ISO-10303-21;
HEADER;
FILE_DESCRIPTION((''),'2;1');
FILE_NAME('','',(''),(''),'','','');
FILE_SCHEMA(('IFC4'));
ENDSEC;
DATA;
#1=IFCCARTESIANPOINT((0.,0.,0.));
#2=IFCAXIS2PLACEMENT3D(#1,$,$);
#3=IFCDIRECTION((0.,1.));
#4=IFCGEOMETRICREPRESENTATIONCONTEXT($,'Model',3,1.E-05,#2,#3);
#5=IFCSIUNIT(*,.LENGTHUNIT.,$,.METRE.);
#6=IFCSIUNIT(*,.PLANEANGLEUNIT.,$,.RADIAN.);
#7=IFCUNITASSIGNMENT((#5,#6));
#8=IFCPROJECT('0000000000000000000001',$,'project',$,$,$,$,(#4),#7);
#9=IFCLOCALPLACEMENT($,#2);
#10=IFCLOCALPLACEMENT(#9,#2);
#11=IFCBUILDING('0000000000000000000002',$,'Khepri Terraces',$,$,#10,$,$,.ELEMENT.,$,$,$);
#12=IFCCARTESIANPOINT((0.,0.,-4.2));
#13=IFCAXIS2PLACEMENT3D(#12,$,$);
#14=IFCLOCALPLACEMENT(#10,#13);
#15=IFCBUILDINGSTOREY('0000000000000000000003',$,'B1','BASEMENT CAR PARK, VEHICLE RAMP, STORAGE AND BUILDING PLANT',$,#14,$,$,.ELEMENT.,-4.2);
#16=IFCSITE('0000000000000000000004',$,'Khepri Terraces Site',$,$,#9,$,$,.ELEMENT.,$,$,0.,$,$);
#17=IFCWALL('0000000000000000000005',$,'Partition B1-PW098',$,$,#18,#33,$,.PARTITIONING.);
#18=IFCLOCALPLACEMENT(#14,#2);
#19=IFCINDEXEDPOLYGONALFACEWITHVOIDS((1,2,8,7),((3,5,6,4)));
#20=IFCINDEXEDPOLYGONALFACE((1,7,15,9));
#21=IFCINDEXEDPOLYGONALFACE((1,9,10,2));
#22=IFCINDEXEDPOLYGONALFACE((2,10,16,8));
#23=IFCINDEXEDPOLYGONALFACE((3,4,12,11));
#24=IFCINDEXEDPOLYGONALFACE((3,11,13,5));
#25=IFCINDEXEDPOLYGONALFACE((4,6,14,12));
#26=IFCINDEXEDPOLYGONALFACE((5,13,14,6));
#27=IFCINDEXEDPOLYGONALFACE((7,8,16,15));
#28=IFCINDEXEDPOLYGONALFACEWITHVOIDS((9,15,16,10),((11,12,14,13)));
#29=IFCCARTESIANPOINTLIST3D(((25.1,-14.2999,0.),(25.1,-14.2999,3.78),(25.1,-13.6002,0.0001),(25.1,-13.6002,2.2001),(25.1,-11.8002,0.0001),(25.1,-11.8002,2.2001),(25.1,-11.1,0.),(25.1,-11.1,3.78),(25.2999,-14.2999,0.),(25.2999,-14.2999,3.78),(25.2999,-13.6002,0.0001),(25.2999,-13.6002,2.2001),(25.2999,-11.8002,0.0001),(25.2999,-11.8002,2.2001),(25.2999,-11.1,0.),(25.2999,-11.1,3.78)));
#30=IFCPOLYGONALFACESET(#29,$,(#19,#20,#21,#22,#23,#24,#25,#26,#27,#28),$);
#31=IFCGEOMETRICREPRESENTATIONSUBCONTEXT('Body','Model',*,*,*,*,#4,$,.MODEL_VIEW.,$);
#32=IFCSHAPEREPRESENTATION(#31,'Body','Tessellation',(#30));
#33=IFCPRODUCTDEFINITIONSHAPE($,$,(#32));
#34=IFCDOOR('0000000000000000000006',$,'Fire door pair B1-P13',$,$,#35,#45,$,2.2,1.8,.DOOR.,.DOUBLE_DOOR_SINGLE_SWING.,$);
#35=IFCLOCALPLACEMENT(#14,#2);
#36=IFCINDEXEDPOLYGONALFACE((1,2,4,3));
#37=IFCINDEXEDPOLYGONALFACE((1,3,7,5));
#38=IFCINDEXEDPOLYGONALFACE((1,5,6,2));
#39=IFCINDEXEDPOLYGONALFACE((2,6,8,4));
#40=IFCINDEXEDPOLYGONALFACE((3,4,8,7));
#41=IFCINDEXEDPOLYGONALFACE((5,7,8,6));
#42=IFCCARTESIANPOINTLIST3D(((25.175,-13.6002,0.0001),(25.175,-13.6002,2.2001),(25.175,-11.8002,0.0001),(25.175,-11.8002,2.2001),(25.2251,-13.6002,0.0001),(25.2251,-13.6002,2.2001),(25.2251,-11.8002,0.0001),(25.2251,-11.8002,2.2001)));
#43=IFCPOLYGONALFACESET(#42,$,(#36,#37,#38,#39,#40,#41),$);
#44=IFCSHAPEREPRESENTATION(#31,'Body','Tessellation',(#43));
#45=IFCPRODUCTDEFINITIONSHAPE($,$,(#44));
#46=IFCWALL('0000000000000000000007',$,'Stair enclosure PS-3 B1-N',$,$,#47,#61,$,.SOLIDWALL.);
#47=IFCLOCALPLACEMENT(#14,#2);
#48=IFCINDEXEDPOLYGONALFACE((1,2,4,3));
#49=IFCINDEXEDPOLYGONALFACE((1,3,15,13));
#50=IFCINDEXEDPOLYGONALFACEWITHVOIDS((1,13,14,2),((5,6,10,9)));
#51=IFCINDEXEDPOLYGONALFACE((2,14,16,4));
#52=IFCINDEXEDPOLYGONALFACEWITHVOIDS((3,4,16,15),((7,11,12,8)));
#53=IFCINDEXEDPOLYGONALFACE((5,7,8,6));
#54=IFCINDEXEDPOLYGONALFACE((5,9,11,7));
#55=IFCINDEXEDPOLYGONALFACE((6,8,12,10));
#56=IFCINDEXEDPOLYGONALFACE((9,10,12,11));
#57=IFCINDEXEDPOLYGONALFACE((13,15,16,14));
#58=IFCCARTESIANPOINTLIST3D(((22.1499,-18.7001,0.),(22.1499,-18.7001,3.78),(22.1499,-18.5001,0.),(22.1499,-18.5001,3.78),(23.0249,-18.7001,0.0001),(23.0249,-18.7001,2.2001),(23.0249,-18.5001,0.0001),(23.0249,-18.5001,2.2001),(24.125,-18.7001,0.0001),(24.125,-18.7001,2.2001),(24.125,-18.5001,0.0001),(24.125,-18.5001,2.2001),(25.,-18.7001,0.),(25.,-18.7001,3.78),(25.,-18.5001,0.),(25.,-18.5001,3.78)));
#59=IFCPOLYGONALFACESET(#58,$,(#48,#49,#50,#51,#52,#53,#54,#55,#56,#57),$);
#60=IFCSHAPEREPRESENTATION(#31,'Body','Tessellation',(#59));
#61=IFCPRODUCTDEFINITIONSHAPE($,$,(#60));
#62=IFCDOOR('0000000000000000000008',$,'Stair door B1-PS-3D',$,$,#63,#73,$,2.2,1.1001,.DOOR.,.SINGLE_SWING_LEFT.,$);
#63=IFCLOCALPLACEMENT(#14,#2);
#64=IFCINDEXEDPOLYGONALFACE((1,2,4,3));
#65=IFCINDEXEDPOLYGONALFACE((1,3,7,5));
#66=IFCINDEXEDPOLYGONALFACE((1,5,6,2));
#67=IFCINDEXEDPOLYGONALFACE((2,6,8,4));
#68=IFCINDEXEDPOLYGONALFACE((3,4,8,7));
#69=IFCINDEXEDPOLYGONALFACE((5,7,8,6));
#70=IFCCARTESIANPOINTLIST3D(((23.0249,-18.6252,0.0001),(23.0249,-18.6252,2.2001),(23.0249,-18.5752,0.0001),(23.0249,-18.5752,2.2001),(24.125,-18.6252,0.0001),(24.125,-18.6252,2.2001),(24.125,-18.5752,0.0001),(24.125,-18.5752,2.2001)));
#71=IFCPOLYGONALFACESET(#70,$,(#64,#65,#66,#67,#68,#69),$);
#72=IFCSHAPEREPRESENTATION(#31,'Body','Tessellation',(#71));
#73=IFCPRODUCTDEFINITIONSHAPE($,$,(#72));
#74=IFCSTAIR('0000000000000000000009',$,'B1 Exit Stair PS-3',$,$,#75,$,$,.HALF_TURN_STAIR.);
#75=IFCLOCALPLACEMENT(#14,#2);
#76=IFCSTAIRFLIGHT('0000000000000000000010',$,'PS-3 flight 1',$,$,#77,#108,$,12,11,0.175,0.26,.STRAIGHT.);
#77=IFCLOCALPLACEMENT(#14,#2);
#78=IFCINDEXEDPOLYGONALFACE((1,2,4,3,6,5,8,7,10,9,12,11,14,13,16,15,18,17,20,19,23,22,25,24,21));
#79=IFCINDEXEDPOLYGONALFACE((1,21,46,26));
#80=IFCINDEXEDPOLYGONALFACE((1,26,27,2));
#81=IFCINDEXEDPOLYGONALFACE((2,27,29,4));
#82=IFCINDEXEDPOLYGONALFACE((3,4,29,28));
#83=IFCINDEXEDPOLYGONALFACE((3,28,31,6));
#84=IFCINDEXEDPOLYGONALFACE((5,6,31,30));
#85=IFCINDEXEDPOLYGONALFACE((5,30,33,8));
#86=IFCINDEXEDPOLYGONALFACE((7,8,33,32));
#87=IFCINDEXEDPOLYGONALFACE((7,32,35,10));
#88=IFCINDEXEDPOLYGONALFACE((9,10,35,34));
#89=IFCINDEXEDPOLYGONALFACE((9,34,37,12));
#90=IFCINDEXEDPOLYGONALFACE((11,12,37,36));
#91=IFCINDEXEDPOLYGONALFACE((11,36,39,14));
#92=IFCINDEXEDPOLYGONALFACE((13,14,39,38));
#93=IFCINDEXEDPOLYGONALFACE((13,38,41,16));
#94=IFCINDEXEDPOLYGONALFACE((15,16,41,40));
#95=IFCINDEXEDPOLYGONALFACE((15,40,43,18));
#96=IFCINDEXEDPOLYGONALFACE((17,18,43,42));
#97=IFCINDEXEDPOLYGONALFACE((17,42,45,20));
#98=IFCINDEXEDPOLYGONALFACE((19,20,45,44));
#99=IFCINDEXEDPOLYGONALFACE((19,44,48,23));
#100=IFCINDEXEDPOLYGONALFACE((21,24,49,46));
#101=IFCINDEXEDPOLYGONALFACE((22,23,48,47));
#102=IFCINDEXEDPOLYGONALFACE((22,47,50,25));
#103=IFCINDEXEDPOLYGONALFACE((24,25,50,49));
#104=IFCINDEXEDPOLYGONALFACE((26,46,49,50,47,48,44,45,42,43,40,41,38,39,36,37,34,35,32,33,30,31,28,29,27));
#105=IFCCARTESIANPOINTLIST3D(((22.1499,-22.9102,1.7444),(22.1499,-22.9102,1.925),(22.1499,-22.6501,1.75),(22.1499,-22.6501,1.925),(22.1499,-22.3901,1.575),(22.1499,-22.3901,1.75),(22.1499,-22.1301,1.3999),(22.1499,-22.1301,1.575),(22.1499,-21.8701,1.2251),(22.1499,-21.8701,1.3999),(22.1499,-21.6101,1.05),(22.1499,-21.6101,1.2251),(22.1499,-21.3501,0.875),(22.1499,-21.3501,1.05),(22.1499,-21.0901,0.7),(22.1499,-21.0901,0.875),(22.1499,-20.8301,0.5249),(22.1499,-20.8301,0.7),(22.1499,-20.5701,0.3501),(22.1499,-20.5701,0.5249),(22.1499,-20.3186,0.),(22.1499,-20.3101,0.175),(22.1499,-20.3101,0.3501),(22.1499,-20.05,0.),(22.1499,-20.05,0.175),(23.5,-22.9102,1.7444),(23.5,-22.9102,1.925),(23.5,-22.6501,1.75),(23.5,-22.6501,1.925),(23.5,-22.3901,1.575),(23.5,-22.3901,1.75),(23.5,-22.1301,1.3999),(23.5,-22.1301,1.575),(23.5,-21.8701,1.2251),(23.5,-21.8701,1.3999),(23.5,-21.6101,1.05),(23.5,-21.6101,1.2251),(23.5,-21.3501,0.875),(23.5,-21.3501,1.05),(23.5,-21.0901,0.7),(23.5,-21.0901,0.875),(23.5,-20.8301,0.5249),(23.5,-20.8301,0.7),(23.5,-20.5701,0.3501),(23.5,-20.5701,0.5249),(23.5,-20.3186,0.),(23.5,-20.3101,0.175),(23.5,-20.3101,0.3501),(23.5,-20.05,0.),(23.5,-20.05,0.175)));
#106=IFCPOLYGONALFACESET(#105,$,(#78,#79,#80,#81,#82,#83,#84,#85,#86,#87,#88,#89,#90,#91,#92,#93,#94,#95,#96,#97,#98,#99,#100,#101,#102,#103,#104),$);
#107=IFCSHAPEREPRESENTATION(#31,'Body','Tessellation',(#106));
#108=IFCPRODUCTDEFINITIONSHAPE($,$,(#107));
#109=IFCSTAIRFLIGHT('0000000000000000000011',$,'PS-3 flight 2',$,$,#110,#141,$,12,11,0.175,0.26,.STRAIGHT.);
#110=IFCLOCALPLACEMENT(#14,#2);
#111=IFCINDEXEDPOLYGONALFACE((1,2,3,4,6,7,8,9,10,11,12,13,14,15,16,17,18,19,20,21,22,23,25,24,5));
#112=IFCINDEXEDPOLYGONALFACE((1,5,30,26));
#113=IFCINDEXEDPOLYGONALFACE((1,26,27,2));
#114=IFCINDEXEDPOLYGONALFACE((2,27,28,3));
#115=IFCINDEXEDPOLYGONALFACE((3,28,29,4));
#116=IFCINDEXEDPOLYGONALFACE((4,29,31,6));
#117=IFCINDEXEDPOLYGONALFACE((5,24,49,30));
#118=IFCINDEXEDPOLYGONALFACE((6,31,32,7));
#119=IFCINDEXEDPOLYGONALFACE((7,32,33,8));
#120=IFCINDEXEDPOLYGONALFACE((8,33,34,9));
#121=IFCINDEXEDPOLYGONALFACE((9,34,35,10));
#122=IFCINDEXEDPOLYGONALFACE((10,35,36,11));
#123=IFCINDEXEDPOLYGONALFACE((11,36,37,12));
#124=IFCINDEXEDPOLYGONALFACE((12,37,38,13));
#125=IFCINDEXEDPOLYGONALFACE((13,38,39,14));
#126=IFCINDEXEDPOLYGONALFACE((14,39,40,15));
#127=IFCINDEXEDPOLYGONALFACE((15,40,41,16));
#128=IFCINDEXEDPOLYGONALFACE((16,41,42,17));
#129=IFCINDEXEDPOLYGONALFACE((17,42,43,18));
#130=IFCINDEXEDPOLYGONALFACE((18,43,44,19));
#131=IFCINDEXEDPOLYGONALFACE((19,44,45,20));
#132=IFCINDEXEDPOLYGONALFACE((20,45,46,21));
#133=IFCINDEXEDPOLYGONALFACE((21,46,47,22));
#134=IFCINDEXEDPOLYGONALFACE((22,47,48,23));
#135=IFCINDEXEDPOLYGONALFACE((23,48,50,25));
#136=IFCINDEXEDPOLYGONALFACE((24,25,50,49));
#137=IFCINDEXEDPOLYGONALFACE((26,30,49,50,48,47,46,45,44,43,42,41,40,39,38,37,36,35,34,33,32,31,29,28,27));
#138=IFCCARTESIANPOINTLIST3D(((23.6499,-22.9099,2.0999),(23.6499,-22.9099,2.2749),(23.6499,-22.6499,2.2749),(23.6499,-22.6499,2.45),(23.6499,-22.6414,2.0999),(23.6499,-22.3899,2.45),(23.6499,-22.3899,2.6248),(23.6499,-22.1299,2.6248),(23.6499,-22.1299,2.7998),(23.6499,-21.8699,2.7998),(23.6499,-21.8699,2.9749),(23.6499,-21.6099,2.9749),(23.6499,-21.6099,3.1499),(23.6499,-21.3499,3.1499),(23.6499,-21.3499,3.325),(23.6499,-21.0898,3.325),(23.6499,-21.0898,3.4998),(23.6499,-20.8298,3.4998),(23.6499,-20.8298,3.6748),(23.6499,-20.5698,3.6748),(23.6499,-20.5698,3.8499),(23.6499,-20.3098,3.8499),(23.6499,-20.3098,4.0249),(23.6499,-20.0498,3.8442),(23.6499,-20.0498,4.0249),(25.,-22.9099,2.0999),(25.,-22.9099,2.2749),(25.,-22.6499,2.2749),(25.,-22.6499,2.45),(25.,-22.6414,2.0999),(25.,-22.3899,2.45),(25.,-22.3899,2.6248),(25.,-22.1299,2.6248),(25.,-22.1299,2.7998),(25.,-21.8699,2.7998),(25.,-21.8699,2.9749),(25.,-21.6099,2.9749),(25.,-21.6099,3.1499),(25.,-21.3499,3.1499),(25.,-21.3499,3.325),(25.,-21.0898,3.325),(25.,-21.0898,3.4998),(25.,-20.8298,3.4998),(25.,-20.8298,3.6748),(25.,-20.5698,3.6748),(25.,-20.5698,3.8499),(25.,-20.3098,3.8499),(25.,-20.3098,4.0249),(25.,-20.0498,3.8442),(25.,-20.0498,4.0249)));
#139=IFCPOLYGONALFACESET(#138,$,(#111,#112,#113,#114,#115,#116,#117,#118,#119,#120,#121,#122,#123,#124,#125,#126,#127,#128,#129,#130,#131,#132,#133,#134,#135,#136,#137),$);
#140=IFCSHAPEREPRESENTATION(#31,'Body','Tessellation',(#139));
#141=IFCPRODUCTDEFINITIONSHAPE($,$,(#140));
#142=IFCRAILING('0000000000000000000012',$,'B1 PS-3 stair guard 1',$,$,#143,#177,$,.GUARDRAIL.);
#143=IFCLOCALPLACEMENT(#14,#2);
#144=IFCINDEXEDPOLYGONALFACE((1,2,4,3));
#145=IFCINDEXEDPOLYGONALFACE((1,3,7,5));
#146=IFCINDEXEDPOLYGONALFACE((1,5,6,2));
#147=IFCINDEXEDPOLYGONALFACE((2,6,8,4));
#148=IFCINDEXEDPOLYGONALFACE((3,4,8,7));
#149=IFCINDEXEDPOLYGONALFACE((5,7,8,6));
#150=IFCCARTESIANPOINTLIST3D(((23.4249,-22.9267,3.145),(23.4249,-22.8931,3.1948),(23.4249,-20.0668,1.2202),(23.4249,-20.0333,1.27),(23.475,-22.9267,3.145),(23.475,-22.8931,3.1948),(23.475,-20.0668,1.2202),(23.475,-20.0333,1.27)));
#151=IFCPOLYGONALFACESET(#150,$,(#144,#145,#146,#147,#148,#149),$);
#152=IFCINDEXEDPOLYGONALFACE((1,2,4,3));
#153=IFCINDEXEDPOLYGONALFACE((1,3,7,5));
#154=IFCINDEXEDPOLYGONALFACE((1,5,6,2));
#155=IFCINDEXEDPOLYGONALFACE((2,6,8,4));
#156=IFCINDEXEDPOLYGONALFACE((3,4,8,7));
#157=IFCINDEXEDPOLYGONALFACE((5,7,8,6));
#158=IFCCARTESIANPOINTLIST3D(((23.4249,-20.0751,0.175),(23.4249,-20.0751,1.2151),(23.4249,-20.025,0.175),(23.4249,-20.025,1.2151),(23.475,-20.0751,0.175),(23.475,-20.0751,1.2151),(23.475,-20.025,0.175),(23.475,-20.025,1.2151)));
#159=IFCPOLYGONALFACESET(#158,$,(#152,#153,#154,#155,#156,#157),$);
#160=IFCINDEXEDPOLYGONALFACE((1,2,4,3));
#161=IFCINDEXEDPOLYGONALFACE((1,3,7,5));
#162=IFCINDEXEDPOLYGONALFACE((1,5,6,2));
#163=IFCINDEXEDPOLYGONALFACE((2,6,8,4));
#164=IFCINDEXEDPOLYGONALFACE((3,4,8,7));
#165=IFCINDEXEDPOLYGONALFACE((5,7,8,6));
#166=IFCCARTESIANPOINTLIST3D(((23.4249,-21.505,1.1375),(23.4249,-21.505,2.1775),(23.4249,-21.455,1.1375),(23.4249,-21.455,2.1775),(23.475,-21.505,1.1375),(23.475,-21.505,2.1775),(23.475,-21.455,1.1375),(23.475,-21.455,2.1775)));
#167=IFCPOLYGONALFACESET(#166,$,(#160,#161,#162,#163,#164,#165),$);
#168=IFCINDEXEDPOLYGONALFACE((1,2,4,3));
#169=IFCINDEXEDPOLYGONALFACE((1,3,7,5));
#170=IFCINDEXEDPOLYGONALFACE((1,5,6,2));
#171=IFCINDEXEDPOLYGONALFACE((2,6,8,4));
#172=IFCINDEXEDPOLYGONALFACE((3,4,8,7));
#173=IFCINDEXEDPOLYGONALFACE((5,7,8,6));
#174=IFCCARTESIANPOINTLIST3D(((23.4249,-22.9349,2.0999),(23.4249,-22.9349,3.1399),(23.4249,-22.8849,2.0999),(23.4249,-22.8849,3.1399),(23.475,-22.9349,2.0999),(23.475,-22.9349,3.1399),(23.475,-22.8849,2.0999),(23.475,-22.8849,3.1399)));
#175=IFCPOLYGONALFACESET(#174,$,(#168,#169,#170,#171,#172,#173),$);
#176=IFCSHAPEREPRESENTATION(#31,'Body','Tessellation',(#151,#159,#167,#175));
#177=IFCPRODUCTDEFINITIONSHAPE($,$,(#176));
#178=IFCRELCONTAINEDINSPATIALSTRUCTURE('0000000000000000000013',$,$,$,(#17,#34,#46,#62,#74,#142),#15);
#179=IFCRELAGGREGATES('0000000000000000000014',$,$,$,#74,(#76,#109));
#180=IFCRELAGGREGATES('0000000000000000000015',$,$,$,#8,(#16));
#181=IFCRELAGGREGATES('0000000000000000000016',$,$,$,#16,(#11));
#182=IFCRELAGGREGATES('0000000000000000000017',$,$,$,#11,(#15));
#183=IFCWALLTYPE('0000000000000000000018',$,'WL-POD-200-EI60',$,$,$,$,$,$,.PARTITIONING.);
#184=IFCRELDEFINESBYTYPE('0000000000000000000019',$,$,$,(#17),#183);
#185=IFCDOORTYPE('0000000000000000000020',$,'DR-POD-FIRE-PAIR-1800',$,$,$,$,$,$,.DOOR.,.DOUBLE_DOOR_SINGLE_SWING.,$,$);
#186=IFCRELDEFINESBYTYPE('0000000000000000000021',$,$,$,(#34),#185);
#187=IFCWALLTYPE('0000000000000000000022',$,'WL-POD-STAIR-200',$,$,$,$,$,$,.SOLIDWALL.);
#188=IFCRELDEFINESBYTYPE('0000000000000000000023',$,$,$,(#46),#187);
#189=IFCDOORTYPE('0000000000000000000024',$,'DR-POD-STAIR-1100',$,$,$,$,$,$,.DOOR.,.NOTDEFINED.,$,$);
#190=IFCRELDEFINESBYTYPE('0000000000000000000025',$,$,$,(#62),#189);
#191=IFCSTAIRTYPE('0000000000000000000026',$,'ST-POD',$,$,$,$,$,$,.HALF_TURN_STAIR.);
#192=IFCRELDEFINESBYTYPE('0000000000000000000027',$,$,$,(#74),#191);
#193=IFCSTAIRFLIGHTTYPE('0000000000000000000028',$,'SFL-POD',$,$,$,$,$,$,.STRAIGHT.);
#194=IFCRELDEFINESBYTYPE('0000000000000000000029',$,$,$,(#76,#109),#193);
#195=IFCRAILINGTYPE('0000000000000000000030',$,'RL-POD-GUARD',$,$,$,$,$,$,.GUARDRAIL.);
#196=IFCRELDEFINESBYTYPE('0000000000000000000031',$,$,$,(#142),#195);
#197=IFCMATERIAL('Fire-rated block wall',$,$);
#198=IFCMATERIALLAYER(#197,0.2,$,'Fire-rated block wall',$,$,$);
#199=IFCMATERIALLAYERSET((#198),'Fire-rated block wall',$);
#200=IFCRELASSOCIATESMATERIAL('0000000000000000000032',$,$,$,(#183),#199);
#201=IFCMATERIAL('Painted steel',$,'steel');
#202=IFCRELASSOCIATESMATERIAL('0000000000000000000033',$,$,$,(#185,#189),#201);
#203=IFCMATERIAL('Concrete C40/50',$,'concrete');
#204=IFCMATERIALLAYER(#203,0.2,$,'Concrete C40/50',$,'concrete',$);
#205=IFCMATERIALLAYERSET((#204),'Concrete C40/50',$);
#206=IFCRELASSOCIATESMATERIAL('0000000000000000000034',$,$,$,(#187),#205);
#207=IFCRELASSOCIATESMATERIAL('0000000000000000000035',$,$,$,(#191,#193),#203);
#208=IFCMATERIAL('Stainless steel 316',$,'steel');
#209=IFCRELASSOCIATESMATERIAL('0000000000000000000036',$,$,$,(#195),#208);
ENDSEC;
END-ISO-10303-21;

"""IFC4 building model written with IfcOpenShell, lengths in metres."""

from ifc_helpers import new_model, si_unit, direction, frame, frame_2d, origin, origin_2d, place, context, subcontext, project, spatial, polyline, rectangle, outline, extrude, material, layer, layer_set, type_object, element, fill, aggregate, save


model = new_model("IFC4")

# Units and contexts
model_context = context("Model", 3, precision=1e-05, world=origin(), true_north=direction((0.0, 1.0)))
body_context = subcontext(model_context, "Body", "Model", "MODEL_VIEW")
ifc_project = project(units=[si_unit("LENGTHUNIT", "METRE"), si_unit("PLANEANGLEUNIT", "RADIAN")], contexts=[model_context])

# Site, building, storey
site_placement = place(None, origin())
site = spatial("IfcSite", under=ifc_project, at=site_placement, Name="Khepri Terraces Site", CompositionType="ELEMENT", RefElevation=0.0)
building_placement = place(site_placement, origin())
building = spatial("IfcBuilding", under=site, at=building_placement, Name="Khepri Terraces", CompositionType="ELEMENT")
storey_placement = place(building_placement, frame((0.0, 0.0, -4.2)))
storey = spatial("IfcBuildingStorey", under=building, at=storey_placement, Name="B1", Description="BASEMENT CAR PARK, VEHICLE RAMP, STORAGE AND BUILDING PLANT", CompositionType="ELEMENT", Elevation=-4.2)

# Shared definitions
ifc_material_1 = material(Name="Fire-rated block wall")

# Walls, openings, doors
ifc_layer_1 = layer(ifc_material_1, 0.2, Name="Fire-rated block wall")
ifc_layer_set_1 = layer_set([ifc_layer_1], Name="Fire-rated block wall")
wall_type_1 = type_object("IfcWallType", Name="WL-POD-200-EI60", PredefinedType="PARTITIONING", material=ifc_layer_set_1)
wall_1_placement = place(storey_placement, frame((25.2, -14.3, 0.0), z_axis=(0.0, 0.0, 1.0), x_axis=(0.0, 1.0, 0.0)))
wall_1 = element("IfcWall", 1, at=wall_1_placement, inside=storey, type_object=wall_type_1, Name="Partition B1-PW098", PredefinedType="PARTITIONING", context=body_context, shape_type="SweptSolid", body=[
    extrude(rectangle(XDim=3.2, YDim=0.2, at=frame_2d((1.6001, 0.0))), origin(), (0.0, 0.0, 1.0), 3.78),
])
opening_1_placement = place(wall_1_placement, frame((0.7, 0.0, 0.0)))
opening_1 = element("IfcOpeningElement", 2, at=opening_1_placement, cuts=wall_1, PredefinedType="OPENING", context=body_context, shape_type="SweptSolid", body=[
    extrude(rectangle(XDim=1.8, YDim=2.2, at=frame_2d((0.8999, 1.1001))), frame((0.0, 0.1099, 0.0), z_axis=(0.0, -1.0, 0.0), x_axis=(1.0, 0.0, 0.0)), (0.0, 0.0, 1.0), 0.22),
])
ifc_material_2 = material(Name="Painted steel", Category="steel")
door_type_1 = type_object("IfcDoorType", Name="DR-POD-FIRE-PAIR-1800", OperationType="DOUBLE_DOOR_SINGLE_SWING", PredefinedType="DOOR", material=ifc_material_2)
door_1_placement = place(opening_1_placement, origin())
door_1 = element("IfcDoor", 3, at=door_1_placement, inside=storey, type_object=door_type_1, Name="Fire door pair B1-P13", OperationType="DOUBLE_DOOR_SINGLE_SWING", OverallHeight=2.2, OverallWidth=1.8, PredefinedType="DOOR", context=body_context, shape_type="SweptSolid", body=[
    extrude(rectangle(XDim=1.8, YDim=2.2, at=frame_2d((0.8999, 1.1001))), frame((0.0, 0.0249, 0.0), z_axis=(0.0, -1.0, 0.0), x_axis=(1.0, 0.0, 0.0)), (0.0, 0.0, 1.0), 0.05),
])
fill(opening_1, door_1)
ifc_material_3 = material(Name="Concrete C40/50", Category="concrete")
ifc_layer_2 = layer(ifc_material_3, 0.2, Name="Concrete C40/50", Category="concrete")
ifc_layer_set_2 = layer_set([ifc_layer_2], Name="Concrete C40/50")
wall_type_2 = type_object("IfcWallType", Name="WL-POD-STAIR-200", PredefinedType="SOLIDWALL", material=ifc_layer_set_2)
wall_2_placement = place(storey_placement, frame((22.1499, -18.6001, 0.0), z_axis=(0.0, 0.0, 1.0), x_axis=(1.0, 0.0, 0.0)))
wall_2 = element("IfcWall", 4, at=wall_2_placement, inside=storey, type_object=wall_type_2, Name="Stair enclosure PS-3 B1-N", PredefinedType="SOLIDWALL", context=body_context, shape_type="SweptSolid", body=[
    extrude(rectangle(XDim=2.8501, YDim=0.2, at=frame_2d((1.425, 0.0))), origin(), (0.0, 0.0, 1.0), 3.78),
])
opening_2_placement = place(wall_2_placement, frame((0.875, 0.0, 0.0)))
opening_2 = element("IfcOpeningElement", 5, at=opening_2_placement, cuts=wall_2, PredefinedType="OPENING", context=body_context, shape_type="SweptSolid", body=[
    extrude(rectangle(XDim=1.1001, YDim=2.2, at=frame_2d((0.55, 1.1001))), frame((0.0, 0.1099, 0.0), z_axis=(0.0, -1.0, 0.0), x_axis=(1.0, 0.0, 0.0)), (0.0, 0.0, 1.0), 0.22),
])
door_type_2 = type_object("IfcDoorType", Name="DR-POD-STAIR-1100", OperationType="NOTDEFINED", PredefinedType="DOOR", material=ifc_material_2)
door_2_placement = place(opening_2_placement, origin())
door_2 = element("IfcDoor", 6, at=door_2_placement, inside=storey, type_object=door_type_2, Name="Stair door B1-PS-3D", OperationType="SINGLE_SWING_LEFT", OverallHeight=2.2, OverallWidth=1.1001, PredefinedType="DOOR", context=body_context, shape_type="SweptSolid", body=[
    extrude(rectangle(XDim=1.1001, YDim=2.2, at=frame_2d((0.55, 1.1001))), frame((0.0, 0.0249, 0.0), z_axis=(0.0, -1.0, 0.0), x_axis=(1.0, 0.0, 0.0)), (0.0, 0.0, 1.0), 0.05),
])
fill(opening_2, door_2)

# Stair, stair flights
stair_type = type_object("IfcStairType", Name="ST-POD", PredefinedType="HALF_TURN_STAIR", material=ifc_material_3)
stair_placement = place(storey_placement, origin())
stair = element("IfcStair", 7, at=stair_placement, inside=storey, type_object=stair_type, Name="B1 Exit Stair PS-3", PredefinedType="HALF_TURN_STAIR")
stair_flight_type = type_object("IfcStairFlightType", Name="SFL-POD", PredefinedType="STRAIGHT", material=ifc_material_3)
stair_flight_1_placement = place(storey_placement, frame((22.825, -20.05, 0.0), z_axis=(0.0, 0.0, 1.0), x_axis=(0.0, -1.0, 0.0)))
stair_flight_1 = element("IfcStairFlight", 8, at=stair_flight_1_placement, type_object=stair_flight_type, Name="PS-3 flight 1", NumberOfRisers=12, NumberOfTreads=11, PredefinedType="STRAIGHT", RiserHeight=0.175, TreadLength=0.26, context=body_context, shape_type="SweptSolid", body=[
    extrude(outline(polyline([(0.0, 0.0), (0.0, 0.175), (0.26, 0.175), (0.26, 0.3501), (0.52, 0.3501), (0.52, 0.5249), (0.78, 0.5249), (0.78, 0.7), (1.04, 0.7), (1.04, 0.875), (1.3, 0.875), (1.3, 1.05), (1.5601, 1.05), (1.5601, 1.2251), (1.8201, 1.2251), (1.8201, 1.3999), (2.0801, 1.3999), (2.0801, 1.575), (2.3401, 1.575), (2.3401, 1.75), (2.6001, 1.75), (2.6001, 1.925), (2.8601, 1.925), (2.8601, 2.1001), (2.8601, 1.7444), (0.2686, 0.0), (0.0, 0.0)])), frame((0.0, 0.675, 0.0), z_axis=(0.0, -1.0, 0.0), x_axis=(1.0, 0.0, 0.0)), (0.0, 0.0, 1.0), 1.3501),
])
stair_flight_2_placement = place(storey_placement, frame((24.325, -22.9099, 2.0999), z_axis=(0.0, 0.0, 1.0), x_axis=(0.0, 1.0, 0.0)))
stair_flight_2 = element("IfcStairFlight", 9, at=stair_flight_2_placement, type_object=stair_flight_type, Name="PS-3 flight 2", NumberOfRisers=12, NumberOfTreads=11, PredefinedType="STRAIGHT", RiserHeight=0.175, TreadLength=0.26, context=body_context, shape_type="SweptSolid", body=[
    extrude(outline(polyline([(0.0, 0.0), (0.0, 0.175), (0.26, 0.175), (0.26, 0.3501), (0.52, 0.3501), (0.52, 0.5249), (0.78, 0.5249), (0.78, 0.7), (1.04, 0.7), (1.04, 0.875), (1.3, 0.875), (1.3, 1.05), (1.5601, 1.05), (1.5601, 1.2251), (1.8201, 1.2251), (1.8201, 1.3999), (2.0801, 1.3999), (2.0801, 1.575), (2.3401, 1.575), (2.3401, 1.75), (2.6001, 1.75), (2.6001, 1.925), (2.8601, 1.925), (2.8601, 2.1001), (2.8601, 1.7444), (0.2686, 0.0), (0.0, 0.0)])), frame((0.0, 0.675, 0.0), z_axis=(0.0, -1.0, 0.0), x_axis=(1.0, 0.0, 0.0)), (0.0, 0.0, 1.0), 1.3501),
])
aggregate(stair, [stair_flight_1, stair_flight_2])

# Railing
ifc_material_4 = material(Name="Stainless steel 316", Category="steel")
railing_type_1 = type_object("IfcRailingType", Name="RL-POD-GUARD", PredefinedType="GUARDRAIL", material=ifc_material_4)
railing_1_placement = place(storey_placement, frame((23.45, -20.05, 0.175)))
element("IfcRailing", 10, at=railing_1_placement, inside=storey, type_object=railing_type_1, Name="B1 PS-3 stair guard 1", PredefinedType="GUARDRAIL", context=body_context, shape_type="SweptSolid", body=[
    extrude(rectangle(XDim=0.05, YDim=0.0601, at=origin_2d()), frame((0.0, 0.0, 1.0701), z_axis=(0.0, -0.829602, 0.558356), x_axis=(1.0, 0.0, 0.0)), (0.0, 0.0, 1.0), 3.4473),
    extrude(rectangle(XDim=0.05, YDim=0.05, at=origin_2d()), origin(), (0.0, 0.0, 1.0), 1.04),
    extrude(rectangle(XDim=0.05, YDim=0.05, at=origin_2d()), frame((0.0, -1.4299, 0.9624)), (0.0, 0.0, 1.0), 1.04),
    extrude(rectangle(XDim=0.05, YDim=0.05, at=origin_2d()), frame((0.0, -2.8599, 1.9248)), (0.0, 0.0, 1.0), 1.04),
])

save(model, "model.ifc")
